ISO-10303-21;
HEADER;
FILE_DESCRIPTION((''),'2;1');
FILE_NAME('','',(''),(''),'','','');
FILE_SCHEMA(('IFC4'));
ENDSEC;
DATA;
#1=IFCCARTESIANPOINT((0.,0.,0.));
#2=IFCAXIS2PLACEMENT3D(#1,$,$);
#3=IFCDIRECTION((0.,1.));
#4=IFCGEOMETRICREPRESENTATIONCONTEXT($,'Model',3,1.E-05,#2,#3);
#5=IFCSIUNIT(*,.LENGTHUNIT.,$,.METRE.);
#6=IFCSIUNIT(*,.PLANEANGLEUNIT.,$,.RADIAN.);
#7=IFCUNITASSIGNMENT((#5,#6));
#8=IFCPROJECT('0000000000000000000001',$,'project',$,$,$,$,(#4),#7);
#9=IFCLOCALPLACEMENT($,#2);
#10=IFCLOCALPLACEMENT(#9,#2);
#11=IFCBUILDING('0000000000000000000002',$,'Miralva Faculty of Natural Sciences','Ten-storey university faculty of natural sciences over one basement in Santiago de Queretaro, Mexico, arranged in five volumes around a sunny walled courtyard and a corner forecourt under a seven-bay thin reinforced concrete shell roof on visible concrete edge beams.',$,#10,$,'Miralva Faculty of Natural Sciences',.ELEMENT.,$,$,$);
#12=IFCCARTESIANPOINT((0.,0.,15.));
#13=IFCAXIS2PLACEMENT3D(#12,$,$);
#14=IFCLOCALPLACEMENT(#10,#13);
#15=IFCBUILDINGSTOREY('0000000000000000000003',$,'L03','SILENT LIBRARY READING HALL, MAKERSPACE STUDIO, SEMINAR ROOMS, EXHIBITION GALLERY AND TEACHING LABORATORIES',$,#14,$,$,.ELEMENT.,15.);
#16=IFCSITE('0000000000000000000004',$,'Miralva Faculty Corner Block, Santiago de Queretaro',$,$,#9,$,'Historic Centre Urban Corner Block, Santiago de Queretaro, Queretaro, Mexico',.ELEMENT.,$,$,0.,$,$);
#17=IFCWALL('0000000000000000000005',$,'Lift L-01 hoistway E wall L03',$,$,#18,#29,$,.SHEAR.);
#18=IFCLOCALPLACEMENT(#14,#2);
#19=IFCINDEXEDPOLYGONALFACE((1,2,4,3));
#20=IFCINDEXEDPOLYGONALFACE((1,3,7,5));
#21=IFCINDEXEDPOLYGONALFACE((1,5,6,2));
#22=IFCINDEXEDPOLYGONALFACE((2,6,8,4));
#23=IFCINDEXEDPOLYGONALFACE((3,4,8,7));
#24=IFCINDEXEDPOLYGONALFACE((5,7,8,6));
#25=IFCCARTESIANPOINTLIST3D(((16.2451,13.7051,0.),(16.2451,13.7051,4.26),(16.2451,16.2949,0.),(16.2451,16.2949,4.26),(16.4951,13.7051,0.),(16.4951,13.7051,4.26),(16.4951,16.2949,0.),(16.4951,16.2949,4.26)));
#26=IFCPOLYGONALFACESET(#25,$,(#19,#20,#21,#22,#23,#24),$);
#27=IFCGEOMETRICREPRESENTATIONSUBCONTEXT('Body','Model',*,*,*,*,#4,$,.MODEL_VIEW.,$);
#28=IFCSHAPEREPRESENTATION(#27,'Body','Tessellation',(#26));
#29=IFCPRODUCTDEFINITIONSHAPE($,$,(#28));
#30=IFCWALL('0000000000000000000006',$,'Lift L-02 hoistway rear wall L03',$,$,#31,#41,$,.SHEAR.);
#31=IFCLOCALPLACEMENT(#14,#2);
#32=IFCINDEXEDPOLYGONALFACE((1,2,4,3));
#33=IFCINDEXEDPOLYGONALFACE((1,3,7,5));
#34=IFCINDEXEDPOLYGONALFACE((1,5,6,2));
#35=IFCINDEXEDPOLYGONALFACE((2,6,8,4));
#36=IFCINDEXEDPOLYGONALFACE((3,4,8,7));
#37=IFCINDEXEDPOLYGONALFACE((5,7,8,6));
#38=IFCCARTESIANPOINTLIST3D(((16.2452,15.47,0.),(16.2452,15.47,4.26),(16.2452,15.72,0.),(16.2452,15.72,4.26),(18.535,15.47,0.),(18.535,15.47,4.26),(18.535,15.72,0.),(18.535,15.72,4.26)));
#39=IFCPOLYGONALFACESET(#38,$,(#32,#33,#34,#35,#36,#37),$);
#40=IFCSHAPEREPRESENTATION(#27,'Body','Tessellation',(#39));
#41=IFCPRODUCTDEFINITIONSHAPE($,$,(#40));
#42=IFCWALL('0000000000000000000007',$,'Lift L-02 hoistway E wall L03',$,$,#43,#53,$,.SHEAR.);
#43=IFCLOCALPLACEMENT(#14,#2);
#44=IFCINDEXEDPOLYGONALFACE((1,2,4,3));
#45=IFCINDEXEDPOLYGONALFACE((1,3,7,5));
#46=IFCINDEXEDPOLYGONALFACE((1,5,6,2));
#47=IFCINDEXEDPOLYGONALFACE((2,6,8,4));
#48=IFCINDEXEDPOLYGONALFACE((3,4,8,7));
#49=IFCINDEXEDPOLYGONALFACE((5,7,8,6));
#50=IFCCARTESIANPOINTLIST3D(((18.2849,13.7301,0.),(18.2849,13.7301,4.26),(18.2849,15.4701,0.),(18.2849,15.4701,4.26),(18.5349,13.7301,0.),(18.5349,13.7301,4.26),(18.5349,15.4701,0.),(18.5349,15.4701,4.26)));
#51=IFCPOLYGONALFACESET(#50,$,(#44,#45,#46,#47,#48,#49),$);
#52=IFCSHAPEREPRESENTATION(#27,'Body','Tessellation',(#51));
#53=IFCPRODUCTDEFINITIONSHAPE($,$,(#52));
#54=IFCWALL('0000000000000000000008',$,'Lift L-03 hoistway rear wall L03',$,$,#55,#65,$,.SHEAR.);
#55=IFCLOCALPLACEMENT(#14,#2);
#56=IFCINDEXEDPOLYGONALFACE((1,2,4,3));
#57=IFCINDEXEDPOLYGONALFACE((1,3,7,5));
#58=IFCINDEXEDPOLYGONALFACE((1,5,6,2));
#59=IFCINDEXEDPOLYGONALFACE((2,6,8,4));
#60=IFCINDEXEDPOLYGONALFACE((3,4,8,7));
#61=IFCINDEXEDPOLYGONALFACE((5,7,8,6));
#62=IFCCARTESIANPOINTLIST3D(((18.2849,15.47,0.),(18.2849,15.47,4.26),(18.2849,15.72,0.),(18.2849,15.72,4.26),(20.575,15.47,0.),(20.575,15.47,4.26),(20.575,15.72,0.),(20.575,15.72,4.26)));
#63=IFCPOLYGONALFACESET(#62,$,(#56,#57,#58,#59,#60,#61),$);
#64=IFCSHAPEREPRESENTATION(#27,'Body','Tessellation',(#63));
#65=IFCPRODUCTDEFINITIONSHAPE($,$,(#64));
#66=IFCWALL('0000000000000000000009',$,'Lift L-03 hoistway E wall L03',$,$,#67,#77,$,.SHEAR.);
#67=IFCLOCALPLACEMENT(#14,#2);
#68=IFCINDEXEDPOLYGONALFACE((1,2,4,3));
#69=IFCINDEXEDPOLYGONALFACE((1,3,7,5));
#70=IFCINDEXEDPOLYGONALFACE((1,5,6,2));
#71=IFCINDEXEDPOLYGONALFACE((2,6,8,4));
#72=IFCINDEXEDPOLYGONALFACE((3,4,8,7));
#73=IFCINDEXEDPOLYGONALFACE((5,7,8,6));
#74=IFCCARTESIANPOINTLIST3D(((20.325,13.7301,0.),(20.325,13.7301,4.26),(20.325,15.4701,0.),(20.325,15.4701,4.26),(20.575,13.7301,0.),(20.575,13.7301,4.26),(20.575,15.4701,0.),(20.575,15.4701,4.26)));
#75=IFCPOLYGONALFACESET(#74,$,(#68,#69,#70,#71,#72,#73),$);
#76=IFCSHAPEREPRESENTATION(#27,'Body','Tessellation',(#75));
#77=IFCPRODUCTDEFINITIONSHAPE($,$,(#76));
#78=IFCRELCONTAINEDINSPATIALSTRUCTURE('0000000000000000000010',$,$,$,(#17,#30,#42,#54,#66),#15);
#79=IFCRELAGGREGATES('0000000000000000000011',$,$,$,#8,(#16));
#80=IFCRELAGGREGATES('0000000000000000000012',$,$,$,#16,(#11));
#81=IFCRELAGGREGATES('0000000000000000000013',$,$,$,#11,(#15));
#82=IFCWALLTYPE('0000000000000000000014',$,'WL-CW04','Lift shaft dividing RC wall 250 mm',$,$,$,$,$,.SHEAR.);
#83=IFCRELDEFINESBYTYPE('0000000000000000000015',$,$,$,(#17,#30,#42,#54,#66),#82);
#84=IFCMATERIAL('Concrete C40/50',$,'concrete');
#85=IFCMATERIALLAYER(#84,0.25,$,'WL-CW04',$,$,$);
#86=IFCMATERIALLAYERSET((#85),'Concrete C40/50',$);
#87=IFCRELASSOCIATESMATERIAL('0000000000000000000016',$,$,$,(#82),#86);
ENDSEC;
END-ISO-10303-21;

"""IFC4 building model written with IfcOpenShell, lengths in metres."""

from ifc_helpers import new_model, si_unit, direction, frame, frame_2d, origin, place, context, subcontext, project, spatial, rectangle, extrude, material, layer, layer_set, type_object, element, save


model = new_model("IFC4")

# Units and contexts
model_context = context("Model", 3, precision=1e-05, world=origin(), true_north=direction((0.0, 1.0)))
body_context = subcontext(model_context, "Body", "Model", "MODEL_VIEW")
ifc_project = project(units=[si_unit("LENGTHUNIT", "METRE"), si_unit("PLANEANGLEUNIT", "RADIAN")], contexts=[model_context])

# Site, building, storey
site_placement = place(None, origin())
site = spatial("IfcSite", under=ifc_project, at=site_placement, Name="Miralva Faculty Corner Block, Santiago de Queretaro", LongName="Historic Centre Urban Corner Block, Santiago de Queretaro, Queretaro, Mexico", CompositionType="ELEMENT", RefElevation=0.0)
building_placement = place(site_placement, origin())
building = spatial("IfcBuilding", under=site, at=building_placement, Name="Miralva Faculty of Natural Sciences", Description="Ten-storey university faculty of natural sciences over one basement in Santiago de Queretaro, Mexico, arranged in five volumes around a sunny walled courtyard and a corner forecourt under a seven-bay thin reinforced concrete shell roof on visible concrete edge beams.", LongName="Miralva Faculty of Natural Sciences", CompositionType="ELEMENT")
storey_placement = place(building_placement, frame((0.0, 0.0, 15.0)))
storey = spatial("IfcBuildingStorey", under=building, at=storey_placement, Name="L03", Description="SILENT LIBRARY READING HALL, MAKERSPACE STUDIO, SEMINAR ROOMS, EXHIBITION GALLERY AND TEACHING LABORATORIES", CompositionType="ELEMENT", Elevation=15.0)

# Shared definitions
ifc_material_1 = material(Name="Concrete C40/50", Category="concrete")

# Shared definitions
ifc_layer_1 = layer(ifc_material_1, 0.25, Name="WL-CW04")
ifc_layer_set_1 = layer_set([ifc_layer_1], Name="Concrete C40/50")
wall_type_1 = type_object("IfcWallType", Name="WL-CW04", Description="Lift shaft dividing RC wall 250 mm", PredefinedType="SHEAR", material=ifc_layer_set_1)

# Wall
wall_1_placement = place(storey_placement, frame((16.3701, 13.7051, 0.0), z_axis=(0.0, 0.0, 1.0), x_axis=(0.0, 1.0, 0.0)))
element("IfcWall", 1, at=wall_1_placement, inside=storey, type_object=wall_type_1, Name="Lift L-01 hoistway E wall L03", PredefinedType="SHEAR", context=body_context, shape_type="SweptSolid", body=[
    extrude(rectangle(XDim=2.5898, YDim=0.25, at=frame_2d((1.2949, 0.0))), origin(), (0.0, 0.0, 1.0), 4.26),
])

# Walls
wall_2_placement = place(storey_placement, frame((16.2451, 15.595, 0.0), z_axis=(0.0, 0.0, 1.0), x_axis=(1.0, 0.0, 0.0)))
element("IfcWall", 2, at=wall_2_placement, inside=storey, type_object=wall_type_1, Name="Lift L-02 hoistway rear wall L03", PredefinedType="SHEAR", context=body_context, shape_type="SweptSolid", body=[
    extrude(rectangle(XDim=2.2898, YDim=0.25, at=frame_2d((1.145, 0.0))), origin(), (0.0, 0.0, 1.0), 4.26),
])
wall_3_placement = place(storey_placement, frame((18.4099, 13.73, 0.0), z_axis=(0.0, 0.0, 1.0), x_axis=(0.0, 1.0, 0.0)))
element("IfcWall", 3, at=wall_3_placement, inside=storey, type_object=wall_type_1, Name="Lift L-02 hoistway E wall L03", PredefinedType="SHEAR", context=body_context, shape_type="SweptSolid", body=[
    extrude(rectangle(XDim=1.74, YDim=0.25, at=frame_2d((0.8701, 0.0))), origin(), (0.0, 0.0, 1.0), 4.26),
])

# Walls
wall_4_placement = place(storey_placement, frame((18.2849, 15.595, 0.0), z_axis=(0.0, 0.0, 1.0), x_axis=(1.0, 0.0, 0.0)))
element("IfcWall", 4, at=wall_4_placement, inside=storey, type_object=wall_type_1, Name="Lift L-03 hoistway rear wall L03", PredefinedType="SHEAR", context=body_context, shape_type="SweptSolid", body=[
    extrude(rectangle(XDim=2.29, YDim=0.25, at=frame_2d((1.145, 0.0))), origin(), (0.0, 0.0, 1.0), 4.26),
])
wall_5_placement = place(storey_placement, frame((20.45, 13.73, 0.0), z_axis=(0.0, 0.0, 1.0), x_axis=(0.0, 1.0, 0.0)))
element("IfcWall", 5, at=wall_5_placement, inside=storey, type_object=wall_type_1, Name="Lift L-03 hoistway E wall L03", PredefinedType="SHEAR", context=body_context, shape_type="SweptSolid", body=[
    extrude(rectangle(XDim=1.74, YDim=0.25, at=frame_2d((0.8701, 0.0))), origin(), (0.0, 0.0, 1.0), 4.26),
])

save(model, "model.ifc")
